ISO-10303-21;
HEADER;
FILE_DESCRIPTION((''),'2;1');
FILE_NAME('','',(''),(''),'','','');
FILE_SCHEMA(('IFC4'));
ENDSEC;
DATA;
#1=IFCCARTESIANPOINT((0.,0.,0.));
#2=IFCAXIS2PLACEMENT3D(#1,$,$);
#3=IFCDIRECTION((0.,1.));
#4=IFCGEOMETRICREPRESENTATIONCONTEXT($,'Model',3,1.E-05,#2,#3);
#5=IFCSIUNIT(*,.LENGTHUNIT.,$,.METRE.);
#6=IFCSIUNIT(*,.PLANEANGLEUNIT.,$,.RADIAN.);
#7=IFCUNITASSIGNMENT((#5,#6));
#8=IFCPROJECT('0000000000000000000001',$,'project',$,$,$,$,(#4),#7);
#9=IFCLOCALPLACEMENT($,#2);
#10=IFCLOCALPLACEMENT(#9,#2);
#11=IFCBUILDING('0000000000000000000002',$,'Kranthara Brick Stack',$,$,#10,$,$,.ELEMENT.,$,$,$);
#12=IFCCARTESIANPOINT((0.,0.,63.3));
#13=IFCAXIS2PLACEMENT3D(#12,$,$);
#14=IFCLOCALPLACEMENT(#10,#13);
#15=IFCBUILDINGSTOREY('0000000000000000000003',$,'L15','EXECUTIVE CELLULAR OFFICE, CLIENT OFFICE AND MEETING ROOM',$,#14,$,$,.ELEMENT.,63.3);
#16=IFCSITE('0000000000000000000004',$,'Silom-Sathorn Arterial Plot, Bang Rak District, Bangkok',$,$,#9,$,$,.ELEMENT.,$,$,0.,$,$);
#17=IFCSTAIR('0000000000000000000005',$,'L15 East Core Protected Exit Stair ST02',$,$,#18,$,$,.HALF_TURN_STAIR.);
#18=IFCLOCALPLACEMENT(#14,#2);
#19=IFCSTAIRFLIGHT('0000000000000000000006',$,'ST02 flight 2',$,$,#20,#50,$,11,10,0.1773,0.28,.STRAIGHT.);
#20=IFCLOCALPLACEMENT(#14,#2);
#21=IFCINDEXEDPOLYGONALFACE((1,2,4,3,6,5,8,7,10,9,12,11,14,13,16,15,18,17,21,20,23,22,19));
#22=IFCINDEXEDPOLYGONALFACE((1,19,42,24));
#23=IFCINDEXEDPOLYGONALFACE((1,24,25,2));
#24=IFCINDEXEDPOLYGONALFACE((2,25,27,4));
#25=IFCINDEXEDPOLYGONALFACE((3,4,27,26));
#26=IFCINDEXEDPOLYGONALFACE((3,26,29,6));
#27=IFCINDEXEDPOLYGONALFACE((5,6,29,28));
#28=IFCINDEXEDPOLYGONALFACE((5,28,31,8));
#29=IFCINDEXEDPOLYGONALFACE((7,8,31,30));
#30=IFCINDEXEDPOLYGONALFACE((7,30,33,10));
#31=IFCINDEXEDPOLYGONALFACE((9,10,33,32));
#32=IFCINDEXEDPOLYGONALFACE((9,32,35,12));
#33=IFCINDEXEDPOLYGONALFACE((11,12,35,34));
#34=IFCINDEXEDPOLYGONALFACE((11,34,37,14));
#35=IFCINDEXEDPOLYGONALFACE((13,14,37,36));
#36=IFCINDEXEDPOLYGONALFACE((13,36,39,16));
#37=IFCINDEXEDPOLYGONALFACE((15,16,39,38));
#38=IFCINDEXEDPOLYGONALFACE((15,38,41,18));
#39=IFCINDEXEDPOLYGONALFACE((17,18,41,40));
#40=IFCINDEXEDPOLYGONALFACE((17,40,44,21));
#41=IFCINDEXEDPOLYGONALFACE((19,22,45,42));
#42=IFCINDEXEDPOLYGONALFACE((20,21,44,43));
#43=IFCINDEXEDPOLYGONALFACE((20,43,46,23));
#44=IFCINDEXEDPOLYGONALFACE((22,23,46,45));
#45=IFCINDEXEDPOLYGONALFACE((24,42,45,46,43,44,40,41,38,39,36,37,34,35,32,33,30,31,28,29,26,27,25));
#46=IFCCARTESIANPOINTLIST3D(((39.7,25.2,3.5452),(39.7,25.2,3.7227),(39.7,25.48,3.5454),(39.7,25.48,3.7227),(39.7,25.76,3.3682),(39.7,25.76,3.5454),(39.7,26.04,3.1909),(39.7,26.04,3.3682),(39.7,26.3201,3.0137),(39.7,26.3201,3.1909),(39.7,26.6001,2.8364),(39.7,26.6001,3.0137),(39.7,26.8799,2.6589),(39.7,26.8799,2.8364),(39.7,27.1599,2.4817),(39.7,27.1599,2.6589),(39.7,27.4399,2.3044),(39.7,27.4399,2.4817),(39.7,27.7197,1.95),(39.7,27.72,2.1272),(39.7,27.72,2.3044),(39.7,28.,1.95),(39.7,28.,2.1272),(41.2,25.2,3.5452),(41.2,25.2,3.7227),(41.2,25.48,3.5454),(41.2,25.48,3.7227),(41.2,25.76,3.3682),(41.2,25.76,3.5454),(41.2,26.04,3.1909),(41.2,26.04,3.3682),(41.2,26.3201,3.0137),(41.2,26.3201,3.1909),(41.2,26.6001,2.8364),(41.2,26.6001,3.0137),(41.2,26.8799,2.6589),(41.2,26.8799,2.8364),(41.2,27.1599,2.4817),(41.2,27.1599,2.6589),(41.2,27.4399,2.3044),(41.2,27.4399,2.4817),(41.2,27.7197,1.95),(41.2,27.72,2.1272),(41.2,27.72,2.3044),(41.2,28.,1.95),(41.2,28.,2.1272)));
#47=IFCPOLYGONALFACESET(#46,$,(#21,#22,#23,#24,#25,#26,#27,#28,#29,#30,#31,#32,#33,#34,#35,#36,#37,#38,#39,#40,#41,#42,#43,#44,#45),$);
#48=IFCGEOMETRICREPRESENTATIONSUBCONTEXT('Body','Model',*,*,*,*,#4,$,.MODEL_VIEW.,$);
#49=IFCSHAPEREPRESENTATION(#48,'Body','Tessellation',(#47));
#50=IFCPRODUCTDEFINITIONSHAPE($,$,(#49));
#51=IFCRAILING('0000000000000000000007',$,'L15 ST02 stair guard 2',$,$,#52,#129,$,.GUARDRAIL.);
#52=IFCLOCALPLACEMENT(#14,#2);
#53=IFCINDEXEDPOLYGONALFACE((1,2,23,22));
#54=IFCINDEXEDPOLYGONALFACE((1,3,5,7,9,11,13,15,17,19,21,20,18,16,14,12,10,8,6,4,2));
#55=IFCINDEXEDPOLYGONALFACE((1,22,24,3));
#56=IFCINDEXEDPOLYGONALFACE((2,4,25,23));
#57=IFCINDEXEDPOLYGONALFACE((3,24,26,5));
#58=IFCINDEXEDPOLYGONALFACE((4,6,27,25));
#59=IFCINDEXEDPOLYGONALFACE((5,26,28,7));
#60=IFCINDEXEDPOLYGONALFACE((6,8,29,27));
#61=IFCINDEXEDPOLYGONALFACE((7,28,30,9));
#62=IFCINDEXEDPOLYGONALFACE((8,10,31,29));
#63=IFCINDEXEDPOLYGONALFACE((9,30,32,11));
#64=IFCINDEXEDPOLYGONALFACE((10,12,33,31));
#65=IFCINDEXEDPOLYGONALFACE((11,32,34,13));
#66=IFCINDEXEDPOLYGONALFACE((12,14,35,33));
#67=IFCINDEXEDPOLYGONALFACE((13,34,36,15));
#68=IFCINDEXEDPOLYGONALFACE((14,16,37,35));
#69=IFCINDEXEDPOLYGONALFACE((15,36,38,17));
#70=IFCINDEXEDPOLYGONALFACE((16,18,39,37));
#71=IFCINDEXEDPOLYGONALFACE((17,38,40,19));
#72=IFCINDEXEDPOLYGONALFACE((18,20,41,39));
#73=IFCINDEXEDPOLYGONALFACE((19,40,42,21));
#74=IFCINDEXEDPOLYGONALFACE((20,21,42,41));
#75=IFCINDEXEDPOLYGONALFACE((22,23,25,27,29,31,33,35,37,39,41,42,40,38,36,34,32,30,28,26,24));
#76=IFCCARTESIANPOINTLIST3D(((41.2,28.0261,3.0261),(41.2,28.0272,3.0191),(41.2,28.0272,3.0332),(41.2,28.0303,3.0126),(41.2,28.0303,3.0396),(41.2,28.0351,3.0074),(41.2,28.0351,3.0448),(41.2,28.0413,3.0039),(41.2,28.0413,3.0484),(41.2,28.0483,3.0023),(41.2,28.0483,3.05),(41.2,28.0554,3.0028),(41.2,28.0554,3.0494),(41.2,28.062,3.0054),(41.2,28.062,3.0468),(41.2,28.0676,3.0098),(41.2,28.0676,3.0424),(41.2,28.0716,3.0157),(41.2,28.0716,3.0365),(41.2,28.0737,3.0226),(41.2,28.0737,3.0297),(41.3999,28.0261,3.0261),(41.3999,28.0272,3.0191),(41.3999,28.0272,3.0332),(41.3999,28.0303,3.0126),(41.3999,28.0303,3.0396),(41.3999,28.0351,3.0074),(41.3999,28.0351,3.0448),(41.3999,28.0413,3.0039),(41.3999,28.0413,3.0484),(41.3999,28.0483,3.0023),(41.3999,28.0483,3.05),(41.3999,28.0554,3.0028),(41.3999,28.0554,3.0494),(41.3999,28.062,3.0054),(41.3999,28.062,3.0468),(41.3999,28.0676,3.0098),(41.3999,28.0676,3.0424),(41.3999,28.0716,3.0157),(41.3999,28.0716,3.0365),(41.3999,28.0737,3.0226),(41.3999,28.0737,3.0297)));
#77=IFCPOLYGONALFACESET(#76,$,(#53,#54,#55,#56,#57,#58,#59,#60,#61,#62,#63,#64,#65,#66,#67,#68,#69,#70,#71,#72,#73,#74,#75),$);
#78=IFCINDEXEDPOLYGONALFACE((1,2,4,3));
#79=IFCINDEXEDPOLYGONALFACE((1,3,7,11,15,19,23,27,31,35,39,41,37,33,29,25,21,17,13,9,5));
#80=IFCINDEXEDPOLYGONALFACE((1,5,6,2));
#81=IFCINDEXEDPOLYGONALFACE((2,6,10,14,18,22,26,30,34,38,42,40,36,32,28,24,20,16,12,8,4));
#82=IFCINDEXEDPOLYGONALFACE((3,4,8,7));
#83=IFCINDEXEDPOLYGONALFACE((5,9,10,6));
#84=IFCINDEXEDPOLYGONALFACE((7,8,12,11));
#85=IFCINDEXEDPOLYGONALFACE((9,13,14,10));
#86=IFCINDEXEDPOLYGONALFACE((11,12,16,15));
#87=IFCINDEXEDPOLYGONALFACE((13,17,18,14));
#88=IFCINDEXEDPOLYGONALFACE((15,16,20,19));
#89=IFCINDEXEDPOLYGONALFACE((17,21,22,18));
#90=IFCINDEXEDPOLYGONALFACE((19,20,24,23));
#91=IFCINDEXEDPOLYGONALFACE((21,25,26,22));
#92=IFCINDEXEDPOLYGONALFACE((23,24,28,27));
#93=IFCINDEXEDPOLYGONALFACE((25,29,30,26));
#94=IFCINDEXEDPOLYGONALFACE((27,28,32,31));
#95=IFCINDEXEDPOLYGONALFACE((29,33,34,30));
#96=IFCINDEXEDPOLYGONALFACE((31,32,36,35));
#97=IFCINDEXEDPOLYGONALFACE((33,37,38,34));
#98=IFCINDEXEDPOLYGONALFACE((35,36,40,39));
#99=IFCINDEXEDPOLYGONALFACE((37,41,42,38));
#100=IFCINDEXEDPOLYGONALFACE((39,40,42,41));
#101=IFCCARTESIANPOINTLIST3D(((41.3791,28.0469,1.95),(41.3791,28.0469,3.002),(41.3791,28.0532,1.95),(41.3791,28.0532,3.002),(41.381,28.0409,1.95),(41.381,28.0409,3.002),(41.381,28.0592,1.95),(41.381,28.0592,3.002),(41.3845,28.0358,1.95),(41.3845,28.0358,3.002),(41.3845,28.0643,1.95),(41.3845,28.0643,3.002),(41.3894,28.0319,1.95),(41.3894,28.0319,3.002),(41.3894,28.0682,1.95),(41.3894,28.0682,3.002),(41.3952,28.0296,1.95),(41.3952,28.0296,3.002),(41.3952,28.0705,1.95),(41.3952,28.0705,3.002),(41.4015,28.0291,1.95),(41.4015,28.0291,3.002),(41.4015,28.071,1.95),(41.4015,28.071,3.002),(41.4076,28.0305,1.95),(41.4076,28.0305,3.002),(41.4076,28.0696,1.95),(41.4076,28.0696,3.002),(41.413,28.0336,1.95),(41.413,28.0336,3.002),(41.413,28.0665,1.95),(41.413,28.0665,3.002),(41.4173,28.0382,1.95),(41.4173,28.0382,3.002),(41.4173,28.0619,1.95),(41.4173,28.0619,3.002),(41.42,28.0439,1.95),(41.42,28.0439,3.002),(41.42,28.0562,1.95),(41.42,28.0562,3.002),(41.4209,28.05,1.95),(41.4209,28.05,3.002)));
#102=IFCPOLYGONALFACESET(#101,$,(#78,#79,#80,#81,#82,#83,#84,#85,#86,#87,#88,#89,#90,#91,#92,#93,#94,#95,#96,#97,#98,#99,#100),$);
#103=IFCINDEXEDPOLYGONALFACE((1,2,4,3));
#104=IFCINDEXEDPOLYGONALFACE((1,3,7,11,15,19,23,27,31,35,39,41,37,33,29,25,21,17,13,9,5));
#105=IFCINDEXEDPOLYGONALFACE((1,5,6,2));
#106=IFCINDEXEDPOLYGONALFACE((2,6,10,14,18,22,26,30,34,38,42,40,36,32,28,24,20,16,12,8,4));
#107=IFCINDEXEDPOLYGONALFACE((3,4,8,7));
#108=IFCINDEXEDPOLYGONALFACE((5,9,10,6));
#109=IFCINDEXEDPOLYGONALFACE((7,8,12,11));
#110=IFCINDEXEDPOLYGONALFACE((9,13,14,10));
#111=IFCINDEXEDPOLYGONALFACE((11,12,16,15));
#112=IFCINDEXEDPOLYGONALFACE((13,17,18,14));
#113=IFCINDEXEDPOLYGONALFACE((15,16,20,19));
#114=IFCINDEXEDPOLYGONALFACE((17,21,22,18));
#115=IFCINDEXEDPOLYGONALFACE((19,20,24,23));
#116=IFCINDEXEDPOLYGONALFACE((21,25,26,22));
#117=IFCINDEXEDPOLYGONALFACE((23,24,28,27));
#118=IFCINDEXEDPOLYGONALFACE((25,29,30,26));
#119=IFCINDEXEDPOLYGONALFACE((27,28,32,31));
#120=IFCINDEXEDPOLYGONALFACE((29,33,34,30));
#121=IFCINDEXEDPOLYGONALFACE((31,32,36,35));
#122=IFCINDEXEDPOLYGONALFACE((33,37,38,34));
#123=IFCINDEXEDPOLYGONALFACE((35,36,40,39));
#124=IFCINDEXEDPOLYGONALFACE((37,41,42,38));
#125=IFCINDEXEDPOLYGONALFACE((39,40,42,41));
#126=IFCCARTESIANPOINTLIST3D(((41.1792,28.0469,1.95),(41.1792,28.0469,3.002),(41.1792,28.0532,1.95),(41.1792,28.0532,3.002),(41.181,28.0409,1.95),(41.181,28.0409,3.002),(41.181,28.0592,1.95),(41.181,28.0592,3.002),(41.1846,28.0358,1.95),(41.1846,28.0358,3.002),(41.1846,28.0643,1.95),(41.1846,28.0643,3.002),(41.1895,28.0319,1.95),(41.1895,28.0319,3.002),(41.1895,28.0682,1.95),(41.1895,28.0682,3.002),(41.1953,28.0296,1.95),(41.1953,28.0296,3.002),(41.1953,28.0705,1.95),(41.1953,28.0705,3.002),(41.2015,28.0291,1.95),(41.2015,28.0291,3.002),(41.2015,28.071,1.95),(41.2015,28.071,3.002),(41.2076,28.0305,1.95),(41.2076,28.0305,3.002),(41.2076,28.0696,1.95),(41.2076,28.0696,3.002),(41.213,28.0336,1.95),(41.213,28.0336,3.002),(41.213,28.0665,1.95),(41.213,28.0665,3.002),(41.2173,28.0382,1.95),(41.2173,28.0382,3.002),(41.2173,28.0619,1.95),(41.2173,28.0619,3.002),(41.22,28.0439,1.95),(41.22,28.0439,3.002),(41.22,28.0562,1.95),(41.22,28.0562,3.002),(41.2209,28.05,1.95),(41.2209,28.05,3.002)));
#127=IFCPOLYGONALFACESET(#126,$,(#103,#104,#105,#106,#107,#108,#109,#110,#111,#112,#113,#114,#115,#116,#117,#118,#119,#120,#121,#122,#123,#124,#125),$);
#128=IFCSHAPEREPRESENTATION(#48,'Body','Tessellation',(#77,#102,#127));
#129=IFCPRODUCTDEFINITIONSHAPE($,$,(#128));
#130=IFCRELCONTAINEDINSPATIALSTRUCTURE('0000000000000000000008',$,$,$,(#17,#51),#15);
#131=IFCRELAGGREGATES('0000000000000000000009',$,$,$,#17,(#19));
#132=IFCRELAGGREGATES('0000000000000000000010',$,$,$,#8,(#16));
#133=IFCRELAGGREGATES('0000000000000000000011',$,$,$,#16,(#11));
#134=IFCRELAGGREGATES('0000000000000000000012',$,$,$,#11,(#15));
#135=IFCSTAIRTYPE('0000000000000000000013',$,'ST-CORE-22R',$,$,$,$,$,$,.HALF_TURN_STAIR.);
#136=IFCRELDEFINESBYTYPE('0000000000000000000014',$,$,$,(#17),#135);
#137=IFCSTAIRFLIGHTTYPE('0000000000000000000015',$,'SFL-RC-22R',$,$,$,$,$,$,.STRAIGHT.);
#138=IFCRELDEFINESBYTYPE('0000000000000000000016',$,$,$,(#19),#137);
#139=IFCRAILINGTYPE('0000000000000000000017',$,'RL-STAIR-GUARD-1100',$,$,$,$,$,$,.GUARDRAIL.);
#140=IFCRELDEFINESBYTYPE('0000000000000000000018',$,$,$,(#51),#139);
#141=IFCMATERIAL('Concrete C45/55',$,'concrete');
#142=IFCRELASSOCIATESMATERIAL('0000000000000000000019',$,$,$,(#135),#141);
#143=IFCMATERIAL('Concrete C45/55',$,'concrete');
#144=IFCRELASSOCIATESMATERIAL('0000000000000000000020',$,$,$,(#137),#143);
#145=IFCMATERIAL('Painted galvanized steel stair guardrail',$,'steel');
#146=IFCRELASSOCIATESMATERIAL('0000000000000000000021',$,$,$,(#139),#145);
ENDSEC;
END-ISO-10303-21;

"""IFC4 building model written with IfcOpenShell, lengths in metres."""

from ifc_helpers import new_model, si_unit, direction, frame, origin, origin_2d, place, context, subcontext, project, spatial, polyline, circle, outline, extrude, material, type_object, element, aggregate, save


model = new_model("IFC4")

# Units and contexts
model_context = context("Model", 3, precision=1e-05, world=origin(), true_north=direction((0.0, 1.0)))
body_context = subcontext(model_context, "Body", "Model", "MODEL_VIEW")
ifc_project = project(units=[si_unit("LENGTHUNIT", "METRE"), si_unit("PLANEANGLEUNIT", "RADIAN")], contexts=[model_context])

# Site, building, storey
site_placement = place(None, origin())
site = spatial("IfcSite", under=ifc_project, at=site_placement, Name="Silom-Sathorn Arterial Plot, Bang Rak District, Bangkok", CompositionType="ELEMENT", RefElevation=0.0)
building_placement = place(site_placement, origin())
building = spatial("IfcBuilding", under=site, at=building_placement, Name="Kranthara Brick Stack", CompositionType="ELEMENT")
storey_placement = place(building_placement, frame((0.0, 0.0, 63.3)))
storey = spatial("IfcBuildingStorey", under=building, at=storey_placement, Name="L15", Description="EXECUTIVE CELLULAR OFFICE, CLIENT OFFICE AND MEETING ROOM", CompositionType="ELEMENT", Elevation=63.3)

# Stair, stair flight
ifc_material_1 = material(Name="Concrete C45/55", Category="concrete")
stair_type = type_object("IfcStairType", Name="ST-CORE-22R", PredefinedType="HALF_TURN_STAIR", material=ifc_material_1)
stair_placement = place(storey_placement, origin())
stair = element("IfcStair", 1, at=stair_placement, inside=storey, type_object=stair_type, Name="L15 East Core Protected Exit Stair ST02", PredefinedType="HALF_TURN_STAIR")
ifc_material_2 = material(Name="Concrete C45/55", Category="concrete")
stair_flight_type = type_object("IfcStairFlightType", Name="SFL-RC-22R", PredefinedType="STRAIGHT", material=ifc_material_2)
stair_flight_placement = place(storey_placement, frame((40.45, 28.0, 1.95), z_axis=(0.0, 0.0, 1.0), x_axis=(0.0, -1.0, 0.0)))
stair_flight = element("IfcStairFlight", 2, at=stair_flight_placement, type_object=stair_flight_type, Name="ST02 flight 2", NumberOfRisers=11, NumberOfTreads=10, PredefinedType="STRAIGHT", RiserHeight=0.1773, TreadLength=0.28, context=body_context, shape_type="SweptSolid", body=[
    extrude(outline(polyline([(0.0, 0.0), (0.0, 0.1772), (0.28, 0.1772), (0.28, 0.3545), (0.5601, 0.3545), (0.5601, 0.5317), (0.8401, 0.5317), (0.8401, 0.709), (1.1201, 0.709), (1.1201, 0.8865), (1.3999, 0.8865), (1.3999, 1.0637), (1.6799, 1.0637), (1.6799, 1.241), (1.96, 1.241), (1.96, 1.4182), (2.24, 1.4182), (2.24, 1.5955), (2.52, 1.5955), (2.52, 1.7727), (2.8, 1.7727), (2.8, 1.95), (2.8, 1.5952), (0.2803, 0.0), (0.0, 0.0)])), frame((0.0, 0.75, 0.0), z_axis=(0.0, -1.0, 0.0), x_axis=(1.0, 0.0, 0.0)), (0.0, 0.0, 1.0), 1.5),
])
aggregate(stair, [stair_flight])

# Railing
ifc_material_3 = material(Name="Painted galvanized steel stair guardrail", Category="steel")
railing_type_1 = type_object("IfcRailingType", Name="RL-STAIR-GUARD-1100", PredefinedType="GUARDRAIL", material=ifc_material_3)
railing_1_placement = place(storey_placement, frame((41.3999, 28.05, 1.95)))
element("IfcRailing", 3, at=railing_1_placement, inside=storey, type_object=railing_type_1, Name="L15 ST02 stair guard 2", PredefinedType="GUARDRAIL", context=body_context, shape_type="SweptSolid", body=[
    extrude(circle(Radius=0.0239, at=origin_2d()), frame((0.0, 0.0, 1.0762), z_axis=(-1.0, 0.0, 0.0), x_axis=(0.0, -1.0, 0.0)), (0.0, 0.0, 1.0), 0.2),
    extrude(circle(Radius=0.021, at=origin_2d()), origin(), (0.0, 0.0, 1.0), 1.052),
    extrude(circle(Radius=0.021, at=origin_2d()), frame((-0.2, 0.0, 0.0)), (0.0, 0.0, 1.0), 1.052),
])

save(model, "model.ifc")
